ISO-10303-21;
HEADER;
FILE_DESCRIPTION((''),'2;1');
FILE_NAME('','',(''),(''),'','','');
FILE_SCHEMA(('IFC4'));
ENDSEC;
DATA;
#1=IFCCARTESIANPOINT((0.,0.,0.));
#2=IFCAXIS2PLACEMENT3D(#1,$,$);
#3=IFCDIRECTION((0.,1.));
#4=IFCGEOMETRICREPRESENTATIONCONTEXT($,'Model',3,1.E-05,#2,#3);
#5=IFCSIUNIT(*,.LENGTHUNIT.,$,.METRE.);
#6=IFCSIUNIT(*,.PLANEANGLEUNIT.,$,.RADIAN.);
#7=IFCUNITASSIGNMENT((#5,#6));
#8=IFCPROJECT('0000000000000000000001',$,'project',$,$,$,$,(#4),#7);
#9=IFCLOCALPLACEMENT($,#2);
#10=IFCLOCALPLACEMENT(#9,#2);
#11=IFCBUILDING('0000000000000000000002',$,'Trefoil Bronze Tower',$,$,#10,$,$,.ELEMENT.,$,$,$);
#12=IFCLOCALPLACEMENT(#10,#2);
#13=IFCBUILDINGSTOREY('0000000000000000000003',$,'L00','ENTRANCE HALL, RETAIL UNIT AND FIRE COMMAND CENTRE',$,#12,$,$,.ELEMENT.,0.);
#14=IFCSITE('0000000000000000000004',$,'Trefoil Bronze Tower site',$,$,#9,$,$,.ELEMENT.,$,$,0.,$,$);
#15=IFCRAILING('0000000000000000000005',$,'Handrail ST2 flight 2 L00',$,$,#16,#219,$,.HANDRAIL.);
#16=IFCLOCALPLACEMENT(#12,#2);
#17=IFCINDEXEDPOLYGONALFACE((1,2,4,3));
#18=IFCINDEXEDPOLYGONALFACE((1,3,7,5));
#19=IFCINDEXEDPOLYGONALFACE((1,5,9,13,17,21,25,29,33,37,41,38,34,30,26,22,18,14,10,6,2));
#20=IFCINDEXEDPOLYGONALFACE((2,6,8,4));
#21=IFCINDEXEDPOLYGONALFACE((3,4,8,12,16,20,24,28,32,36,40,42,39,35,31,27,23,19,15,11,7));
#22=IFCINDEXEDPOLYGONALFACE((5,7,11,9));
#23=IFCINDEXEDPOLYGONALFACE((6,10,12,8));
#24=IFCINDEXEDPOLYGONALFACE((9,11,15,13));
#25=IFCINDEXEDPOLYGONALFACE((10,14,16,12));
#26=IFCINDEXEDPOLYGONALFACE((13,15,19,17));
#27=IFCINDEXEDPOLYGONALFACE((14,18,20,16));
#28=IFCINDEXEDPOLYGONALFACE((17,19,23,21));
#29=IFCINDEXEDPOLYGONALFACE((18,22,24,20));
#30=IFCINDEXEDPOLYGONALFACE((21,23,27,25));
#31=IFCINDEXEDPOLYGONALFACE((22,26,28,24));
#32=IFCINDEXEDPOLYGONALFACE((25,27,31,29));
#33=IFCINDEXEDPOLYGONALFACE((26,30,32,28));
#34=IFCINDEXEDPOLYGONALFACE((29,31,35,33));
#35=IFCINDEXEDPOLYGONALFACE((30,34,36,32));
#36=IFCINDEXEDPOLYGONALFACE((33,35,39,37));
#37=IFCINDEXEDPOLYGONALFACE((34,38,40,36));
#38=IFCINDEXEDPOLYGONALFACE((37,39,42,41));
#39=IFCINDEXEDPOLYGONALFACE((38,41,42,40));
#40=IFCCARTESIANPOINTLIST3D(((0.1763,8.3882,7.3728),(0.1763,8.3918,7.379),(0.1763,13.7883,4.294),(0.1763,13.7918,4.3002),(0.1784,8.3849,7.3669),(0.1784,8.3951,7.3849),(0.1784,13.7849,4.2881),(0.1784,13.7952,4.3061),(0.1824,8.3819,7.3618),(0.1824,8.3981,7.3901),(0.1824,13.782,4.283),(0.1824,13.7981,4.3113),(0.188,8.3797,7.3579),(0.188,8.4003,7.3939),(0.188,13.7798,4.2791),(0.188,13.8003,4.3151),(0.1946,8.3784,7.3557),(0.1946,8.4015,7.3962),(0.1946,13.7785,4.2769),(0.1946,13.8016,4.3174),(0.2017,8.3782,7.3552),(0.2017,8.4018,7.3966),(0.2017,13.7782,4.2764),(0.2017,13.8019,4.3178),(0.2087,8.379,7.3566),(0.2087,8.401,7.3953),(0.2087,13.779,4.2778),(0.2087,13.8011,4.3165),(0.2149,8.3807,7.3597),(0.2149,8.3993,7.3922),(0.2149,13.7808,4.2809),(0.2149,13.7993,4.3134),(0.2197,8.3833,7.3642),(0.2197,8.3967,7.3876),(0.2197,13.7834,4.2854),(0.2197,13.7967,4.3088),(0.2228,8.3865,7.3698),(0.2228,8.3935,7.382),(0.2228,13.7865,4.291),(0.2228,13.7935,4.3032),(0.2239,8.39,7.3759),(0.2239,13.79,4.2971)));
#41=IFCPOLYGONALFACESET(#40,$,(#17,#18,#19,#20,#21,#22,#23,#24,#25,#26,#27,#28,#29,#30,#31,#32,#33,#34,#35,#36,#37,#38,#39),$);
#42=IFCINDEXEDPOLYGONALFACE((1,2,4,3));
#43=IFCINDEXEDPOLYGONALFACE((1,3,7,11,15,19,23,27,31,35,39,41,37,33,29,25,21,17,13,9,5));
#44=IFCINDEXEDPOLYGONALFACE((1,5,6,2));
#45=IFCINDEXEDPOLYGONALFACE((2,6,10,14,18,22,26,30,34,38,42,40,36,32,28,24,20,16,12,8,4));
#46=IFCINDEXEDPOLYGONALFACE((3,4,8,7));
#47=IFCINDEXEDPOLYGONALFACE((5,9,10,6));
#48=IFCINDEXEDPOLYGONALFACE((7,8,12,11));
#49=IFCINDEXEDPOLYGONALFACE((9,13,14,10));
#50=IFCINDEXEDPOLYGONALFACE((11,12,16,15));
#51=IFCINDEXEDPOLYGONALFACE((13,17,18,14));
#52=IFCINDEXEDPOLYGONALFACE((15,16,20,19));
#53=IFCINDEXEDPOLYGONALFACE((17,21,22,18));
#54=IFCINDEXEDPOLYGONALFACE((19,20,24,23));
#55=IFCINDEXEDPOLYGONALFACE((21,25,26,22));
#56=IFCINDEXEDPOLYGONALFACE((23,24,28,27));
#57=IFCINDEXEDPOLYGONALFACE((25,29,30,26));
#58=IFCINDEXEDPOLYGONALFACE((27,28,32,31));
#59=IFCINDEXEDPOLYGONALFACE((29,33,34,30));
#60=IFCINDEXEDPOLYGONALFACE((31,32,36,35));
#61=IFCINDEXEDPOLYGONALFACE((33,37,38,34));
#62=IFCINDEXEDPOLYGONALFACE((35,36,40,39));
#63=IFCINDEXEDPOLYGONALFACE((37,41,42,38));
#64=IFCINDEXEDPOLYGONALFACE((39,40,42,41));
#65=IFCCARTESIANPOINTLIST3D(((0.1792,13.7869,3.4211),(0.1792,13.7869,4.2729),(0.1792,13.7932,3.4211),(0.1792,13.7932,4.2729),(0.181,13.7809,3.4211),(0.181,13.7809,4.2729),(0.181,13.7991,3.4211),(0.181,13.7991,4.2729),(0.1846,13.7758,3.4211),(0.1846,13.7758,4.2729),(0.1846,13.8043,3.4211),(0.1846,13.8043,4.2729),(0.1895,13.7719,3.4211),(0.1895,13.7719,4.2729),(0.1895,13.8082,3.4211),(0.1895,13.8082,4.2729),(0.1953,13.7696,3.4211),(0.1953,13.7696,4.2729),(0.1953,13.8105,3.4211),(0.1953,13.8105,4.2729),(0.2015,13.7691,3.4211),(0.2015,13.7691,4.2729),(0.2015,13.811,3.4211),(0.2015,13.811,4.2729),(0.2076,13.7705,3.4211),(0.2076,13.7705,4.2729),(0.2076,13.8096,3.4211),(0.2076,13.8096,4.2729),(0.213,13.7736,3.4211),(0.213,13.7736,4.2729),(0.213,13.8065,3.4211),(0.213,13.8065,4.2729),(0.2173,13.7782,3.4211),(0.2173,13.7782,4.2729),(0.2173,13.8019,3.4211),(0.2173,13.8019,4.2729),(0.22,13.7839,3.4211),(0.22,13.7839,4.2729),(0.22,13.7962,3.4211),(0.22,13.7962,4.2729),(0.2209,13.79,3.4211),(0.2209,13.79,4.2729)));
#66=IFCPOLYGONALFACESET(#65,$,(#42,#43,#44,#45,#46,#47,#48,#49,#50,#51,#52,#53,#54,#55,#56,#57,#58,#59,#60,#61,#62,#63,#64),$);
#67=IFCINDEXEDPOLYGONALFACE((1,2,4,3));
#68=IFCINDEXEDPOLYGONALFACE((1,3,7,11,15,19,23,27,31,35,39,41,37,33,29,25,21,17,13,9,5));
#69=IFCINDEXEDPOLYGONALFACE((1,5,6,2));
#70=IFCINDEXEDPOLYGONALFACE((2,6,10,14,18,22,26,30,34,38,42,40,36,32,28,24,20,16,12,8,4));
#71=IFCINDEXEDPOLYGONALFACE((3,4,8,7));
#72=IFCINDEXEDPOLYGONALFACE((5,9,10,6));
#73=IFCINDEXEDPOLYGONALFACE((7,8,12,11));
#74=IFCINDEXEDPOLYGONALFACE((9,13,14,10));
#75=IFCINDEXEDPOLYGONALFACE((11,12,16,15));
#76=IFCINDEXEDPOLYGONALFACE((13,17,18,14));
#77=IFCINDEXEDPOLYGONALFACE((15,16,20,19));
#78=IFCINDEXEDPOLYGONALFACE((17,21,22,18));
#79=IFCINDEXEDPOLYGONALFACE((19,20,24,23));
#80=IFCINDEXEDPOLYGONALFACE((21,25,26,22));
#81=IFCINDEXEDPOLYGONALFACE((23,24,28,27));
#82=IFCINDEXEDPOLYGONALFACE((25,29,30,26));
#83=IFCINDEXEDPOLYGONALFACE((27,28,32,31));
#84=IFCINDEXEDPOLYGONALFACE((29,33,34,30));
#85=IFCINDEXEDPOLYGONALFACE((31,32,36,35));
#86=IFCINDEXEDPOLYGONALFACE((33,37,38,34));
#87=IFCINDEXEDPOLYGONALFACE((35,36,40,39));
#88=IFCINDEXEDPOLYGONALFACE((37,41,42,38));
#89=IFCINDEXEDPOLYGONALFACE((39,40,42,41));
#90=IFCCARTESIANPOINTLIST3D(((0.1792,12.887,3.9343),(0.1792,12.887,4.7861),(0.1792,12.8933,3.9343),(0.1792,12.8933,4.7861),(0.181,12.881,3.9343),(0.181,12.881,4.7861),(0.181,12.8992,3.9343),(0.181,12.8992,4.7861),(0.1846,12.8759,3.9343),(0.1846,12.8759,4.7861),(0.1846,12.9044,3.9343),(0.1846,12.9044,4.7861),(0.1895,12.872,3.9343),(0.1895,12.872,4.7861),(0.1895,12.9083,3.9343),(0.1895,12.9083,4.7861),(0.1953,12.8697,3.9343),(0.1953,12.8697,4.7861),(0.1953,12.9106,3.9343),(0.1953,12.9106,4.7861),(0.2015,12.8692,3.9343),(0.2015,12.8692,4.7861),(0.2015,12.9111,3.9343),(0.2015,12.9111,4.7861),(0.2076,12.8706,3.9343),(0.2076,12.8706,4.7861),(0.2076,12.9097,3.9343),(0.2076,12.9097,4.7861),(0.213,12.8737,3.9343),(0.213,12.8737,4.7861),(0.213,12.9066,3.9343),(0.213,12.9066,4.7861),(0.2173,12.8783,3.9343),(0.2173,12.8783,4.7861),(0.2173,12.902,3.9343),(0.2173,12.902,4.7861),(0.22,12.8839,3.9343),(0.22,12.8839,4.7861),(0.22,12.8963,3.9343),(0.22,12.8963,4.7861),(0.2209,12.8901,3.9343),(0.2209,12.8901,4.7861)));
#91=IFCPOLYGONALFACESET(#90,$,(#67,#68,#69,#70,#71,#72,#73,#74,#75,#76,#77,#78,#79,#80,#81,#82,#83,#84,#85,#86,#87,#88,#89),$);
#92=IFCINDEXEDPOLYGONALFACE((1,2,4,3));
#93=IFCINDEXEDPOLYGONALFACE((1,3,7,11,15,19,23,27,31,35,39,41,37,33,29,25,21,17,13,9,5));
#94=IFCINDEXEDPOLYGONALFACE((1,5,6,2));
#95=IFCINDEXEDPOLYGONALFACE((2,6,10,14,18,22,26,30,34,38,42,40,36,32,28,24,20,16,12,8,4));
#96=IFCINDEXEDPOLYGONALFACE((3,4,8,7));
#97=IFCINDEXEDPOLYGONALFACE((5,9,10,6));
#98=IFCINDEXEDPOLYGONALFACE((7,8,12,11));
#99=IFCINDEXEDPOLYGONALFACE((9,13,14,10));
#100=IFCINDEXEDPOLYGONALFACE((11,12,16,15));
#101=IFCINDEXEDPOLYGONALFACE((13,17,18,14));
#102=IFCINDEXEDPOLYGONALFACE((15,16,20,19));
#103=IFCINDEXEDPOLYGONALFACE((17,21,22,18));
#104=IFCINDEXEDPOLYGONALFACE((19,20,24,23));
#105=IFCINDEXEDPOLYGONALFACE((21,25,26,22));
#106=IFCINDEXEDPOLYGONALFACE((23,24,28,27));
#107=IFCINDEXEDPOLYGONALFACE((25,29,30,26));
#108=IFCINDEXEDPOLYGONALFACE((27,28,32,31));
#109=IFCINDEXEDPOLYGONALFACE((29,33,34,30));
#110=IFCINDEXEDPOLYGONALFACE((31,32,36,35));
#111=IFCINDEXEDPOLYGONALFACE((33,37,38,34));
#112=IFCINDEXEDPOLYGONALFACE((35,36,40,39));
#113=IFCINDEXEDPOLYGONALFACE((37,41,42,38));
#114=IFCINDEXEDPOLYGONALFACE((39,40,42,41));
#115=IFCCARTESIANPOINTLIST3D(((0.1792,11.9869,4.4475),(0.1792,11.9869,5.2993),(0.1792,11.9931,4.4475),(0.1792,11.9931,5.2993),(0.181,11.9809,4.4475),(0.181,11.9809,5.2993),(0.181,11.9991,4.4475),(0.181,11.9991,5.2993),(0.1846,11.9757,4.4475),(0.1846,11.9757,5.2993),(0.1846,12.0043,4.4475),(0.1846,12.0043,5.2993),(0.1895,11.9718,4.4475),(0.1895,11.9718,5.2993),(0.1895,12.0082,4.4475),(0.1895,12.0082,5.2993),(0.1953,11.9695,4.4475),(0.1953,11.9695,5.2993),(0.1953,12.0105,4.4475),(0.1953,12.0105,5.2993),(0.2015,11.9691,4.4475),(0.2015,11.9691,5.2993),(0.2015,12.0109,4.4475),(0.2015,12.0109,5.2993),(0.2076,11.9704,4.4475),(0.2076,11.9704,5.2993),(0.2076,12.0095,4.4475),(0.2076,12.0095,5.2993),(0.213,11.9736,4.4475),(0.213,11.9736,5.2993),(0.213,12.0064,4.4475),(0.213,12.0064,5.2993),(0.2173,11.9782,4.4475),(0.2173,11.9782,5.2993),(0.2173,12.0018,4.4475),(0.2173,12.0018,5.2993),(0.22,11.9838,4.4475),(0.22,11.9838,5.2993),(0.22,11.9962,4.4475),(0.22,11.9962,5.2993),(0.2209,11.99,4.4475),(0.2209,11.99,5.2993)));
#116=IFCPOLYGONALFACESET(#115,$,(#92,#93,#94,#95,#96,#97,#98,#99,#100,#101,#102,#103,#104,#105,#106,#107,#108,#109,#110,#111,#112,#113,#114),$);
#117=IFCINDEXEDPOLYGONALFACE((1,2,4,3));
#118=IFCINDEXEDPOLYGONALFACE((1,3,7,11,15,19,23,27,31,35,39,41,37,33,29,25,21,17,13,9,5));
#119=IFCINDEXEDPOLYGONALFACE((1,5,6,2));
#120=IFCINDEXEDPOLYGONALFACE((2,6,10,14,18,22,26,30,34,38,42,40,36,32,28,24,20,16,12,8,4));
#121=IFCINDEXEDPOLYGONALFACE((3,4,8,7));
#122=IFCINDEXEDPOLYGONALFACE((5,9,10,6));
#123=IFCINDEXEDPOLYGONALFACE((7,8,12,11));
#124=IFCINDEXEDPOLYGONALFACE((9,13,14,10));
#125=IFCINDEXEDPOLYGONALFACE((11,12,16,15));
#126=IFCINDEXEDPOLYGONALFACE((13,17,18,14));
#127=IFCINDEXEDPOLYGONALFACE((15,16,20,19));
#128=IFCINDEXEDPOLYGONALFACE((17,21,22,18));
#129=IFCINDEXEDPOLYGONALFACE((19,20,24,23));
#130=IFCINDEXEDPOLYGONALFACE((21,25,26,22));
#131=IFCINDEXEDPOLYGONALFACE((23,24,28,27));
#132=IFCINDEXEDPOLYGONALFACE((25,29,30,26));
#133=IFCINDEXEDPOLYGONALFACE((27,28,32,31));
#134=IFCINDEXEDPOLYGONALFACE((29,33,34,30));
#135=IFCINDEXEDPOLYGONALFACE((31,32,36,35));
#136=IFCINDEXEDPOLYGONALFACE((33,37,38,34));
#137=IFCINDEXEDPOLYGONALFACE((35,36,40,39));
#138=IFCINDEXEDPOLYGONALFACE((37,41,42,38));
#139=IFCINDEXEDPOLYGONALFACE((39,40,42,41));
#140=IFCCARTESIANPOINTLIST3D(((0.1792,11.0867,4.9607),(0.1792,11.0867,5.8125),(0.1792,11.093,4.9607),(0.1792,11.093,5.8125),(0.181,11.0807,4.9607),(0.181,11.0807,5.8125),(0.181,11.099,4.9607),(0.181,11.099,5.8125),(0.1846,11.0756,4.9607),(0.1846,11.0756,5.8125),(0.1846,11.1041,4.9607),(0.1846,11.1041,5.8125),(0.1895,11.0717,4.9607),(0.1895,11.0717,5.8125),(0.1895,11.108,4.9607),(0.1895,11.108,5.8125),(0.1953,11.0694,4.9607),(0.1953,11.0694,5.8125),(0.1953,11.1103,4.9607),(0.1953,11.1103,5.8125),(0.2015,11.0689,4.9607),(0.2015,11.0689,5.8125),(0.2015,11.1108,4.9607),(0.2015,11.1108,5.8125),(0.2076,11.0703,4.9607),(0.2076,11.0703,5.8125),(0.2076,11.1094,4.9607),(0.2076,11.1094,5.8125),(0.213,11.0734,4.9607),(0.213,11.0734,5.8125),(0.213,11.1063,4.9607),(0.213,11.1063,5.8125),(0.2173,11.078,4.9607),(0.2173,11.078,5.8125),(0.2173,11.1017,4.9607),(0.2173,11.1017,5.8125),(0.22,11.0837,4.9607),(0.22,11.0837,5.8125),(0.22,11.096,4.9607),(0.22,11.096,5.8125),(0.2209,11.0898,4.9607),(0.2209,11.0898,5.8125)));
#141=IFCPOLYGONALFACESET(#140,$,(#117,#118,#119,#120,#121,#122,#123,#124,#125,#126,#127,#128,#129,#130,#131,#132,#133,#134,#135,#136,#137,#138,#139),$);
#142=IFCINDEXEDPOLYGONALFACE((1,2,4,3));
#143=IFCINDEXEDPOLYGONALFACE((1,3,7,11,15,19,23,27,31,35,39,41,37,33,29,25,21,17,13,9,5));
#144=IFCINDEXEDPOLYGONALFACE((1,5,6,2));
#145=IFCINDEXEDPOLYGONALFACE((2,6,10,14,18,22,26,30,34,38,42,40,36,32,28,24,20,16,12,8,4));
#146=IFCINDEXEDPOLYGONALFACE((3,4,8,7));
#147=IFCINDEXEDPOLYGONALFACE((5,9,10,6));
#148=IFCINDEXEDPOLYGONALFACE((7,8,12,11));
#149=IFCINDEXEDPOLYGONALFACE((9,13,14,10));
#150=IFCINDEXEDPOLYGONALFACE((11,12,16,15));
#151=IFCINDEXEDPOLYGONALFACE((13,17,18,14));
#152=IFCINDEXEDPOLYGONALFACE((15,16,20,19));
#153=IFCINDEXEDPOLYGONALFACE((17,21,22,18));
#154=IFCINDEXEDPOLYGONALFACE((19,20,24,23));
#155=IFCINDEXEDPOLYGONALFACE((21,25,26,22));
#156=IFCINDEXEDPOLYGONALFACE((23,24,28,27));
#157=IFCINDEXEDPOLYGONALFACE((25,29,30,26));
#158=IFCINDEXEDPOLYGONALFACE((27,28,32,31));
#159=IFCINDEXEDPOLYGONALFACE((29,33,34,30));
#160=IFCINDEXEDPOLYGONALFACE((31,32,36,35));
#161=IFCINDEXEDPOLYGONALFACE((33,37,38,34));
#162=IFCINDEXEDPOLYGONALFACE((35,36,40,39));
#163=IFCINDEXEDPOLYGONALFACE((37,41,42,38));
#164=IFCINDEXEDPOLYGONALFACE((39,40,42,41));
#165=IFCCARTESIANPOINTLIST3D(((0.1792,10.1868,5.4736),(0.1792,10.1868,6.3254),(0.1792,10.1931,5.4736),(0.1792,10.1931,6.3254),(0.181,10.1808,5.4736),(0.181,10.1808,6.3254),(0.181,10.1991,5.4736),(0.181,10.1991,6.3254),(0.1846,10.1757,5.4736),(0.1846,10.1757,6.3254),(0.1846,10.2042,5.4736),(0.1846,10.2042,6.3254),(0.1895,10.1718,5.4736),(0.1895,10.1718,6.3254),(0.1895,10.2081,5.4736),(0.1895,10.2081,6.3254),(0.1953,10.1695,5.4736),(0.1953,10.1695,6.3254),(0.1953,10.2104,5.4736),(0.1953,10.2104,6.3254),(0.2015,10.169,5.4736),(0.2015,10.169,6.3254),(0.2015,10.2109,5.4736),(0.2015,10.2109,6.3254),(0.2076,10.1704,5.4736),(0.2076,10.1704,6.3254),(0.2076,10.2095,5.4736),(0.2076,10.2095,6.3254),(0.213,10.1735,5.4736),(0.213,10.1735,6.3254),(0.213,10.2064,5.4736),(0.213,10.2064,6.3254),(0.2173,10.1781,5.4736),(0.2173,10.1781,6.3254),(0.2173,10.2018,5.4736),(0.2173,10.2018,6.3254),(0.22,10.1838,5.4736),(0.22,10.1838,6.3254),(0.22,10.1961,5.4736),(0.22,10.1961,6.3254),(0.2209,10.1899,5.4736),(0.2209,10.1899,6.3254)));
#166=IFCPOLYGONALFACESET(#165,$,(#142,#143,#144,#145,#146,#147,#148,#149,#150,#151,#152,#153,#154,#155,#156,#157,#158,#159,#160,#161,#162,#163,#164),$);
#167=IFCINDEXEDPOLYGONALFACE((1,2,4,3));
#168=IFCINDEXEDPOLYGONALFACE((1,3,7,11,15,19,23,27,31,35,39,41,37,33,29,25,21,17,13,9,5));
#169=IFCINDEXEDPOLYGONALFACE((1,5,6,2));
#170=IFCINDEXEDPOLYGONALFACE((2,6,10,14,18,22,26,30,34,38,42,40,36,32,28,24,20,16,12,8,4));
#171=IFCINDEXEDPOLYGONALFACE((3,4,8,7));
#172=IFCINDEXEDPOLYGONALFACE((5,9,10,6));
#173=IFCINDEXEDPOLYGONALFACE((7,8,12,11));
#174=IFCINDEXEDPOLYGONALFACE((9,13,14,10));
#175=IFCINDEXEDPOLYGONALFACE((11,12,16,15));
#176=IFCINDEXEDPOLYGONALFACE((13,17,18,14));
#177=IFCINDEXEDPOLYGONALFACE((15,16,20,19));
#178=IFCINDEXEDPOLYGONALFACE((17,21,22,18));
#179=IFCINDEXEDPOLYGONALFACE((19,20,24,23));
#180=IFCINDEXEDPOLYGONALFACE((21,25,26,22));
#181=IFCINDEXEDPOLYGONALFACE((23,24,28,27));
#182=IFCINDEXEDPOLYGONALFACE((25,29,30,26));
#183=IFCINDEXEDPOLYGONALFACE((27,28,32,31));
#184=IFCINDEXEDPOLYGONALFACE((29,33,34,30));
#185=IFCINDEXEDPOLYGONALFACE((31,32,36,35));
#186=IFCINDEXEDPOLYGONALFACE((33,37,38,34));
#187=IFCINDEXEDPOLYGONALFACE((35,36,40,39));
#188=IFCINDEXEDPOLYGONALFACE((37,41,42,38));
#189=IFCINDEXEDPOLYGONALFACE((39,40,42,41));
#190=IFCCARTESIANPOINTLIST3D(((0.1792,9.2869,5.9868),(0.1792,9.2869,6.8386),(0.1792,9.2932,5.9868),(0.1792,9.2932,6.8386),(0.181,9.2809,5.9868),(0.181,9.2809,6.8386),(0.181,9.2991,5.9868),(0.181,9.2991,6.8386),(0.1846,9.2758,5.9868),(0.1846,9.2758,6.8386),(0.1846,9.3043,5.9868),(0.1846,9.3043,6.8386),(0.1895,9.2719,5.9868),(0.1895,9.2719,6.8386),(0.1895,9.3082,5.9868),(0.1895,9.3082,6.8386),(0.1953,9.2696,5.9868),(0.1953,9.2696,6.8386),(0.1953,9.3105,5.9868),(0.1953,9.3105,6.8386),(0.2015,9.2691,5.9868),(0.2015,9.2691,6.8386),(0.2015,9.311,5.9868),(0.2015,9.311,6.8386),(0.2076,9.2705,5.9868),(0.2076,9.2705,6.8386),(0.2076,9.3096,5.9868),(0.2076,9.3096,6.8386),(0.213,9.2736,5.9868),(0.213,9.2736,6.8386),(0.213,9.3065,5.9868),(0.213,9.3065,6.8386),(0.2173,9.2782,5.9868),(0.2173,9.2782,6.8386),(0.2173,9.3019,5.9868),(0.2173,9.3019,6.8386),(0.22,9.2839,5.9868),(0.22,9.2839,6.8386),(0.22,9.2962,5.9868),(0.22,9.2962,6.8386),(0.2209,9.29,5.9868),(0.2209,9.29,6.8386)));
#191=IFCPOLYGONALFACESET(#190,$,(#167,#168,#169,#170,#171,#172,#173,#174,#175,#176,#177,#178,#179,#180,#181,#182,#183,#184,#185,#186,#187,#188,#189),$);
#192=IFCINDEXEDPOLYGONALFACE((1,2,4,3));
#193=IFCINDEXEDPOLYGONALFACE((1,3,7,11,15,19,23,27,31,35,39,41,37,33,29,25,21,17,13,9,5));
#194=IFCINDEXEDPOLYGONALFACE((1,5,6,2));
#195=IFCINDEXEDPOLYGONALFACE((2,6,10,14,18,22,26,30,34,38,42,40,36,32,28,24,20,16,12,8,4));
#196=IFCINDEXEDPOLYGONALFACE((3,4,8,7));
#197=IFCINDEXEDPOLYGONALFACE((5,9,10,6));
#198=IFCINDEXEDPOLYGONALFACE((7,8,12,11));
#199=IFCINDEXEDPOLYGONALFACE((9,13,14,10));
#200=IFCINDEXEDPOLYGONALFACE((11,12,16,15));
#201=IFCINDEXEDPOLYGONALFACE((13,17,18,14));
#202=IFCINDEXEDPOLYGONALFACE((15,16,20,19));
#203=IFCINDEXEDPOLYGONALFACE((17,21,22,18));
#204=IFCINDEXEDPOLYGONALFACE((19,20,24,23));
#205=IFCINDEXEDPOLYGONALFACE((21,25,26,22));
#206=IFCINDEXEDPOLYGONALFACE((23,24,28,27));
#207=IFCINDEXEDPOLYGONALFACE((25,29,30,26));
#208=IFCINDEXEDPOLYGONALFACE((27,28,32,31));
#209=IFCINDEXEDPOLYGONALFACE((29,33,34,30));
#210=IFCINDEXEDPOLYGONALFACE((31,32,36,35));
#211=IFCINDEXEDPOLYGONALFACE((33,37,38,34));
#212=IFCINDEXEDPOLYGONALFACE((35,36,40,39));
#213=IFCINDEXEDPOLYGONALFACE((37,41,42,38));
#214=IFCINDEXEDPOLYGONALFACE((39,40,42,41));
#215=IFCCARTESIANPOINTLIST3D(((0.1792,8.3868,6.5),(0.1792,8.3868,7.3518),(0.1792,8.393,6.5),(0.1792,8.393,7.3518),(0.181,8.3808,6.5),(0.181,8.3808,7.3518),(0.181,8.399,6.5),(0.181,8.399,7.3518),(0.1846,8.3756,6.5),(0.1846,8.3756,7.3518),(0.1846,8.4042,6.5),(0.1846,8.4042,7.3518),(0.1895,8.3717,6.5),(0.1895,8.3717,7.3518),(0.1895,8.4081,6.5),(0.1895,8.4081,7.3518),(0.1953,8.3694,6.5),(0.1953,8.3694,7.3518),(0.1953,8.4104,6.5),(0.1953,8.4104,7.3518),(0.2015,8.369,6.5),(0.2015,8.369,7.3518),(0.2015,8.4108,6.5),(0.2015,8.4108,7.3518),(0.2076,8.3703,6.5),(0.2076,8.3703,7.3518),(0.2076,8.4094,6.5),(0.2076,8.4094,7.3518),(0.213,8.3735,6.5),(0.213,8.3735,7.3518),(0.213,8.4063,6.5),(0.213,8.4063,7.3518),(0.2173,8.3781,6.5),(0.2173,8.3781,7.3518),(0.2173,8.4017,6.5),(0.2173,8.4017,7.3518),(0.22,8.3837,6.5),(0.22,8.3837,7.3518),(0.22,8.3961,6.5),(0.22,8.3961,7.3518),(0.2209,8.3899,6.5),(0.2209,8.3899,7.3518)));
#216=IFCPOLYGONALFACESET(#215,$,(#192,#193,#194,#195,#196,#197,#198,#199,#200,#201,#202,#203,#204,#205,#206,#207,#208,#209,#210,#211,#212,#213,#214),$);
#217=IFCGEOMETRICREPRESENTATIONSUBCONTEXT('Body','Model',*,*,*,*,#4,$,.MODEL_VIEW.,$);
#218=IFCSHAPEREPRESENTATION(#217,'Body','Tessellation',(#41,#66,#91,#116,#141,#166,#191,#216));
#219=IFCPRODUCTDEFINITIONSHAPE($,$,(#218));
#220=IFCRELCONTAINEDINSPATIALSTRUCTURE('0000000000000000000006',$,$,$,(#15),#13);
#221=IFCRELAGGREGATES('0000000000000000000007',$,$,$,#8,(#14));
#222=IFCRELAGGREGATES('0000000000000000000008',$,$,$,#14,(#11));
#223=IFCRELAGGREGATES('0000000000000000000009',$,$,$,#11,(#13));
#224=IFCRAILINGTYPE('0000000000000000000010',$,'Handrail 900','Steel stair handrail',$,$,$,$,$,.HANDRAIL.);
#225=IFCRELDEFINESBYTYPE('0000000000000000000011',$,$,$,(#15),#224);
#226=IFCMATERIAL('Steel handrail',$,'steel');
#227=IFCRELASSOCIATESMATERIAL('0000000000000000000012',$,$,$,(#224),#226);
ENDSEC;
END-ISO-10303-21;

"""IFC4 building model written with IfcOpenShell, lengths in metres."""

from ifc_helpers import new_model, si_unit, direction, frame, origin, origin_2d, place, context, subcontext, project, spatial, circle, extrude, material, type_object, element, save


model = new_model("IFC4")

# Units and contexts
model_context = context("Model", 3, precision=1e-05, world=origin(), true_north=direction((0.0, 1.0)))
body_context = subcontext(model_context, "Body", "Model", "MODEL_VIEW")
ifc_project = project(units=[si_unit("LENGTHUNIT", "METRE"), si_unit("PLANEANGLEUNIT", "RADIAN")], contexts=[model_context])

# Site, building, storey
site_placement = place(None, origin())
site = spatial("IfcSite", under=ifc_project, at=site_placement, Name="Trefoil Bronze Tower site", CompositionType="ELEMENT", RefElevation=0.0)
building_placement = place(site_placement, origin())
building = spatial("IfcBuilding", under=site, at=building_placement, Name="Trefoil Bronze Tower", CompositionType="ELEMENT")
storey_placement = place(building_placement, origin())
storey = spatial("IfcBuildingStorey", under=building, at=storey_placement, Name="L00", Description="ENTRANCE HALL, RETAIL UNIT AND FIRE COMMAND CENTRE", CompositionType="ELEMENT", Elevation=0.0)

# Railing
ifc_material_1 = material(Name="Steel handrail", Category="steel")
railing_type = type_object("IfcRailingType", Name="Handrail 900", Description="Steel stair handrail", PredefinedType="HANDRAIL", material=ifc_material_1)
railing_placement = place(storey_placement, frame((0.2, 13.79, 3.4211)))
element("IfcRailing", 1, at=railing_placement, inside=storey, type_object=railing_type, Name="Handrail ST2 flight 2 L00", PredefinedType="HANDRAIL", context=body_context, shape_type="SweptSolid", body=[
    extrude(circle(Radius=0.0239, at=origin_2d()), frame((0.0, 0.0, 0.876), z_axis=(0.0, -0.868724, 0.495297), x_axis=(1.0, 0.0, 0.0)), (0.0, 0.0, 1.0), 6.2161),
    extrude(circle(Radius=0.021, at=origin_2d()), origin(), (0.0, 0.0, 1.0), 0.8518),
    extrude(circle(Radius=0.021, at=origin_2d()), frame((0.0, -0.8999, 0.5132)), (0.0, 0.0, 1.0), 0.8518),
    extrude(circle(Radius=0.021, at=origin_2d()), frame((0.0, -1.8, 1.0264)), (0.0, 0.0, 1.0), 0.8518),
    extrude(circle(Radius=0.021, at=origin_2d()), frame((0.0, -2.7002, 1.5396)), (0.0, 0.0, 1.0), 0.8518),
    extrude(circle(Radius=0.021, at=origin_2d()), frame((0.0, -3.6001, 2.0525)), (0.0, 0.0, 1.0), 0.8518),
    extrude(circle(Radius=0.021, at=origin_2d()), frame((0.0, -4.5, 2.5657)), (0.0, 0.0, 1.0), 0.8518),
    extrude(circle(Radius=0.021, at=origin_2d()), frame((0.0, -5.4001, 3.0789)), (0.0, 0.0, 1.0), 0.8518),
])

save(model, "model.ifc")
